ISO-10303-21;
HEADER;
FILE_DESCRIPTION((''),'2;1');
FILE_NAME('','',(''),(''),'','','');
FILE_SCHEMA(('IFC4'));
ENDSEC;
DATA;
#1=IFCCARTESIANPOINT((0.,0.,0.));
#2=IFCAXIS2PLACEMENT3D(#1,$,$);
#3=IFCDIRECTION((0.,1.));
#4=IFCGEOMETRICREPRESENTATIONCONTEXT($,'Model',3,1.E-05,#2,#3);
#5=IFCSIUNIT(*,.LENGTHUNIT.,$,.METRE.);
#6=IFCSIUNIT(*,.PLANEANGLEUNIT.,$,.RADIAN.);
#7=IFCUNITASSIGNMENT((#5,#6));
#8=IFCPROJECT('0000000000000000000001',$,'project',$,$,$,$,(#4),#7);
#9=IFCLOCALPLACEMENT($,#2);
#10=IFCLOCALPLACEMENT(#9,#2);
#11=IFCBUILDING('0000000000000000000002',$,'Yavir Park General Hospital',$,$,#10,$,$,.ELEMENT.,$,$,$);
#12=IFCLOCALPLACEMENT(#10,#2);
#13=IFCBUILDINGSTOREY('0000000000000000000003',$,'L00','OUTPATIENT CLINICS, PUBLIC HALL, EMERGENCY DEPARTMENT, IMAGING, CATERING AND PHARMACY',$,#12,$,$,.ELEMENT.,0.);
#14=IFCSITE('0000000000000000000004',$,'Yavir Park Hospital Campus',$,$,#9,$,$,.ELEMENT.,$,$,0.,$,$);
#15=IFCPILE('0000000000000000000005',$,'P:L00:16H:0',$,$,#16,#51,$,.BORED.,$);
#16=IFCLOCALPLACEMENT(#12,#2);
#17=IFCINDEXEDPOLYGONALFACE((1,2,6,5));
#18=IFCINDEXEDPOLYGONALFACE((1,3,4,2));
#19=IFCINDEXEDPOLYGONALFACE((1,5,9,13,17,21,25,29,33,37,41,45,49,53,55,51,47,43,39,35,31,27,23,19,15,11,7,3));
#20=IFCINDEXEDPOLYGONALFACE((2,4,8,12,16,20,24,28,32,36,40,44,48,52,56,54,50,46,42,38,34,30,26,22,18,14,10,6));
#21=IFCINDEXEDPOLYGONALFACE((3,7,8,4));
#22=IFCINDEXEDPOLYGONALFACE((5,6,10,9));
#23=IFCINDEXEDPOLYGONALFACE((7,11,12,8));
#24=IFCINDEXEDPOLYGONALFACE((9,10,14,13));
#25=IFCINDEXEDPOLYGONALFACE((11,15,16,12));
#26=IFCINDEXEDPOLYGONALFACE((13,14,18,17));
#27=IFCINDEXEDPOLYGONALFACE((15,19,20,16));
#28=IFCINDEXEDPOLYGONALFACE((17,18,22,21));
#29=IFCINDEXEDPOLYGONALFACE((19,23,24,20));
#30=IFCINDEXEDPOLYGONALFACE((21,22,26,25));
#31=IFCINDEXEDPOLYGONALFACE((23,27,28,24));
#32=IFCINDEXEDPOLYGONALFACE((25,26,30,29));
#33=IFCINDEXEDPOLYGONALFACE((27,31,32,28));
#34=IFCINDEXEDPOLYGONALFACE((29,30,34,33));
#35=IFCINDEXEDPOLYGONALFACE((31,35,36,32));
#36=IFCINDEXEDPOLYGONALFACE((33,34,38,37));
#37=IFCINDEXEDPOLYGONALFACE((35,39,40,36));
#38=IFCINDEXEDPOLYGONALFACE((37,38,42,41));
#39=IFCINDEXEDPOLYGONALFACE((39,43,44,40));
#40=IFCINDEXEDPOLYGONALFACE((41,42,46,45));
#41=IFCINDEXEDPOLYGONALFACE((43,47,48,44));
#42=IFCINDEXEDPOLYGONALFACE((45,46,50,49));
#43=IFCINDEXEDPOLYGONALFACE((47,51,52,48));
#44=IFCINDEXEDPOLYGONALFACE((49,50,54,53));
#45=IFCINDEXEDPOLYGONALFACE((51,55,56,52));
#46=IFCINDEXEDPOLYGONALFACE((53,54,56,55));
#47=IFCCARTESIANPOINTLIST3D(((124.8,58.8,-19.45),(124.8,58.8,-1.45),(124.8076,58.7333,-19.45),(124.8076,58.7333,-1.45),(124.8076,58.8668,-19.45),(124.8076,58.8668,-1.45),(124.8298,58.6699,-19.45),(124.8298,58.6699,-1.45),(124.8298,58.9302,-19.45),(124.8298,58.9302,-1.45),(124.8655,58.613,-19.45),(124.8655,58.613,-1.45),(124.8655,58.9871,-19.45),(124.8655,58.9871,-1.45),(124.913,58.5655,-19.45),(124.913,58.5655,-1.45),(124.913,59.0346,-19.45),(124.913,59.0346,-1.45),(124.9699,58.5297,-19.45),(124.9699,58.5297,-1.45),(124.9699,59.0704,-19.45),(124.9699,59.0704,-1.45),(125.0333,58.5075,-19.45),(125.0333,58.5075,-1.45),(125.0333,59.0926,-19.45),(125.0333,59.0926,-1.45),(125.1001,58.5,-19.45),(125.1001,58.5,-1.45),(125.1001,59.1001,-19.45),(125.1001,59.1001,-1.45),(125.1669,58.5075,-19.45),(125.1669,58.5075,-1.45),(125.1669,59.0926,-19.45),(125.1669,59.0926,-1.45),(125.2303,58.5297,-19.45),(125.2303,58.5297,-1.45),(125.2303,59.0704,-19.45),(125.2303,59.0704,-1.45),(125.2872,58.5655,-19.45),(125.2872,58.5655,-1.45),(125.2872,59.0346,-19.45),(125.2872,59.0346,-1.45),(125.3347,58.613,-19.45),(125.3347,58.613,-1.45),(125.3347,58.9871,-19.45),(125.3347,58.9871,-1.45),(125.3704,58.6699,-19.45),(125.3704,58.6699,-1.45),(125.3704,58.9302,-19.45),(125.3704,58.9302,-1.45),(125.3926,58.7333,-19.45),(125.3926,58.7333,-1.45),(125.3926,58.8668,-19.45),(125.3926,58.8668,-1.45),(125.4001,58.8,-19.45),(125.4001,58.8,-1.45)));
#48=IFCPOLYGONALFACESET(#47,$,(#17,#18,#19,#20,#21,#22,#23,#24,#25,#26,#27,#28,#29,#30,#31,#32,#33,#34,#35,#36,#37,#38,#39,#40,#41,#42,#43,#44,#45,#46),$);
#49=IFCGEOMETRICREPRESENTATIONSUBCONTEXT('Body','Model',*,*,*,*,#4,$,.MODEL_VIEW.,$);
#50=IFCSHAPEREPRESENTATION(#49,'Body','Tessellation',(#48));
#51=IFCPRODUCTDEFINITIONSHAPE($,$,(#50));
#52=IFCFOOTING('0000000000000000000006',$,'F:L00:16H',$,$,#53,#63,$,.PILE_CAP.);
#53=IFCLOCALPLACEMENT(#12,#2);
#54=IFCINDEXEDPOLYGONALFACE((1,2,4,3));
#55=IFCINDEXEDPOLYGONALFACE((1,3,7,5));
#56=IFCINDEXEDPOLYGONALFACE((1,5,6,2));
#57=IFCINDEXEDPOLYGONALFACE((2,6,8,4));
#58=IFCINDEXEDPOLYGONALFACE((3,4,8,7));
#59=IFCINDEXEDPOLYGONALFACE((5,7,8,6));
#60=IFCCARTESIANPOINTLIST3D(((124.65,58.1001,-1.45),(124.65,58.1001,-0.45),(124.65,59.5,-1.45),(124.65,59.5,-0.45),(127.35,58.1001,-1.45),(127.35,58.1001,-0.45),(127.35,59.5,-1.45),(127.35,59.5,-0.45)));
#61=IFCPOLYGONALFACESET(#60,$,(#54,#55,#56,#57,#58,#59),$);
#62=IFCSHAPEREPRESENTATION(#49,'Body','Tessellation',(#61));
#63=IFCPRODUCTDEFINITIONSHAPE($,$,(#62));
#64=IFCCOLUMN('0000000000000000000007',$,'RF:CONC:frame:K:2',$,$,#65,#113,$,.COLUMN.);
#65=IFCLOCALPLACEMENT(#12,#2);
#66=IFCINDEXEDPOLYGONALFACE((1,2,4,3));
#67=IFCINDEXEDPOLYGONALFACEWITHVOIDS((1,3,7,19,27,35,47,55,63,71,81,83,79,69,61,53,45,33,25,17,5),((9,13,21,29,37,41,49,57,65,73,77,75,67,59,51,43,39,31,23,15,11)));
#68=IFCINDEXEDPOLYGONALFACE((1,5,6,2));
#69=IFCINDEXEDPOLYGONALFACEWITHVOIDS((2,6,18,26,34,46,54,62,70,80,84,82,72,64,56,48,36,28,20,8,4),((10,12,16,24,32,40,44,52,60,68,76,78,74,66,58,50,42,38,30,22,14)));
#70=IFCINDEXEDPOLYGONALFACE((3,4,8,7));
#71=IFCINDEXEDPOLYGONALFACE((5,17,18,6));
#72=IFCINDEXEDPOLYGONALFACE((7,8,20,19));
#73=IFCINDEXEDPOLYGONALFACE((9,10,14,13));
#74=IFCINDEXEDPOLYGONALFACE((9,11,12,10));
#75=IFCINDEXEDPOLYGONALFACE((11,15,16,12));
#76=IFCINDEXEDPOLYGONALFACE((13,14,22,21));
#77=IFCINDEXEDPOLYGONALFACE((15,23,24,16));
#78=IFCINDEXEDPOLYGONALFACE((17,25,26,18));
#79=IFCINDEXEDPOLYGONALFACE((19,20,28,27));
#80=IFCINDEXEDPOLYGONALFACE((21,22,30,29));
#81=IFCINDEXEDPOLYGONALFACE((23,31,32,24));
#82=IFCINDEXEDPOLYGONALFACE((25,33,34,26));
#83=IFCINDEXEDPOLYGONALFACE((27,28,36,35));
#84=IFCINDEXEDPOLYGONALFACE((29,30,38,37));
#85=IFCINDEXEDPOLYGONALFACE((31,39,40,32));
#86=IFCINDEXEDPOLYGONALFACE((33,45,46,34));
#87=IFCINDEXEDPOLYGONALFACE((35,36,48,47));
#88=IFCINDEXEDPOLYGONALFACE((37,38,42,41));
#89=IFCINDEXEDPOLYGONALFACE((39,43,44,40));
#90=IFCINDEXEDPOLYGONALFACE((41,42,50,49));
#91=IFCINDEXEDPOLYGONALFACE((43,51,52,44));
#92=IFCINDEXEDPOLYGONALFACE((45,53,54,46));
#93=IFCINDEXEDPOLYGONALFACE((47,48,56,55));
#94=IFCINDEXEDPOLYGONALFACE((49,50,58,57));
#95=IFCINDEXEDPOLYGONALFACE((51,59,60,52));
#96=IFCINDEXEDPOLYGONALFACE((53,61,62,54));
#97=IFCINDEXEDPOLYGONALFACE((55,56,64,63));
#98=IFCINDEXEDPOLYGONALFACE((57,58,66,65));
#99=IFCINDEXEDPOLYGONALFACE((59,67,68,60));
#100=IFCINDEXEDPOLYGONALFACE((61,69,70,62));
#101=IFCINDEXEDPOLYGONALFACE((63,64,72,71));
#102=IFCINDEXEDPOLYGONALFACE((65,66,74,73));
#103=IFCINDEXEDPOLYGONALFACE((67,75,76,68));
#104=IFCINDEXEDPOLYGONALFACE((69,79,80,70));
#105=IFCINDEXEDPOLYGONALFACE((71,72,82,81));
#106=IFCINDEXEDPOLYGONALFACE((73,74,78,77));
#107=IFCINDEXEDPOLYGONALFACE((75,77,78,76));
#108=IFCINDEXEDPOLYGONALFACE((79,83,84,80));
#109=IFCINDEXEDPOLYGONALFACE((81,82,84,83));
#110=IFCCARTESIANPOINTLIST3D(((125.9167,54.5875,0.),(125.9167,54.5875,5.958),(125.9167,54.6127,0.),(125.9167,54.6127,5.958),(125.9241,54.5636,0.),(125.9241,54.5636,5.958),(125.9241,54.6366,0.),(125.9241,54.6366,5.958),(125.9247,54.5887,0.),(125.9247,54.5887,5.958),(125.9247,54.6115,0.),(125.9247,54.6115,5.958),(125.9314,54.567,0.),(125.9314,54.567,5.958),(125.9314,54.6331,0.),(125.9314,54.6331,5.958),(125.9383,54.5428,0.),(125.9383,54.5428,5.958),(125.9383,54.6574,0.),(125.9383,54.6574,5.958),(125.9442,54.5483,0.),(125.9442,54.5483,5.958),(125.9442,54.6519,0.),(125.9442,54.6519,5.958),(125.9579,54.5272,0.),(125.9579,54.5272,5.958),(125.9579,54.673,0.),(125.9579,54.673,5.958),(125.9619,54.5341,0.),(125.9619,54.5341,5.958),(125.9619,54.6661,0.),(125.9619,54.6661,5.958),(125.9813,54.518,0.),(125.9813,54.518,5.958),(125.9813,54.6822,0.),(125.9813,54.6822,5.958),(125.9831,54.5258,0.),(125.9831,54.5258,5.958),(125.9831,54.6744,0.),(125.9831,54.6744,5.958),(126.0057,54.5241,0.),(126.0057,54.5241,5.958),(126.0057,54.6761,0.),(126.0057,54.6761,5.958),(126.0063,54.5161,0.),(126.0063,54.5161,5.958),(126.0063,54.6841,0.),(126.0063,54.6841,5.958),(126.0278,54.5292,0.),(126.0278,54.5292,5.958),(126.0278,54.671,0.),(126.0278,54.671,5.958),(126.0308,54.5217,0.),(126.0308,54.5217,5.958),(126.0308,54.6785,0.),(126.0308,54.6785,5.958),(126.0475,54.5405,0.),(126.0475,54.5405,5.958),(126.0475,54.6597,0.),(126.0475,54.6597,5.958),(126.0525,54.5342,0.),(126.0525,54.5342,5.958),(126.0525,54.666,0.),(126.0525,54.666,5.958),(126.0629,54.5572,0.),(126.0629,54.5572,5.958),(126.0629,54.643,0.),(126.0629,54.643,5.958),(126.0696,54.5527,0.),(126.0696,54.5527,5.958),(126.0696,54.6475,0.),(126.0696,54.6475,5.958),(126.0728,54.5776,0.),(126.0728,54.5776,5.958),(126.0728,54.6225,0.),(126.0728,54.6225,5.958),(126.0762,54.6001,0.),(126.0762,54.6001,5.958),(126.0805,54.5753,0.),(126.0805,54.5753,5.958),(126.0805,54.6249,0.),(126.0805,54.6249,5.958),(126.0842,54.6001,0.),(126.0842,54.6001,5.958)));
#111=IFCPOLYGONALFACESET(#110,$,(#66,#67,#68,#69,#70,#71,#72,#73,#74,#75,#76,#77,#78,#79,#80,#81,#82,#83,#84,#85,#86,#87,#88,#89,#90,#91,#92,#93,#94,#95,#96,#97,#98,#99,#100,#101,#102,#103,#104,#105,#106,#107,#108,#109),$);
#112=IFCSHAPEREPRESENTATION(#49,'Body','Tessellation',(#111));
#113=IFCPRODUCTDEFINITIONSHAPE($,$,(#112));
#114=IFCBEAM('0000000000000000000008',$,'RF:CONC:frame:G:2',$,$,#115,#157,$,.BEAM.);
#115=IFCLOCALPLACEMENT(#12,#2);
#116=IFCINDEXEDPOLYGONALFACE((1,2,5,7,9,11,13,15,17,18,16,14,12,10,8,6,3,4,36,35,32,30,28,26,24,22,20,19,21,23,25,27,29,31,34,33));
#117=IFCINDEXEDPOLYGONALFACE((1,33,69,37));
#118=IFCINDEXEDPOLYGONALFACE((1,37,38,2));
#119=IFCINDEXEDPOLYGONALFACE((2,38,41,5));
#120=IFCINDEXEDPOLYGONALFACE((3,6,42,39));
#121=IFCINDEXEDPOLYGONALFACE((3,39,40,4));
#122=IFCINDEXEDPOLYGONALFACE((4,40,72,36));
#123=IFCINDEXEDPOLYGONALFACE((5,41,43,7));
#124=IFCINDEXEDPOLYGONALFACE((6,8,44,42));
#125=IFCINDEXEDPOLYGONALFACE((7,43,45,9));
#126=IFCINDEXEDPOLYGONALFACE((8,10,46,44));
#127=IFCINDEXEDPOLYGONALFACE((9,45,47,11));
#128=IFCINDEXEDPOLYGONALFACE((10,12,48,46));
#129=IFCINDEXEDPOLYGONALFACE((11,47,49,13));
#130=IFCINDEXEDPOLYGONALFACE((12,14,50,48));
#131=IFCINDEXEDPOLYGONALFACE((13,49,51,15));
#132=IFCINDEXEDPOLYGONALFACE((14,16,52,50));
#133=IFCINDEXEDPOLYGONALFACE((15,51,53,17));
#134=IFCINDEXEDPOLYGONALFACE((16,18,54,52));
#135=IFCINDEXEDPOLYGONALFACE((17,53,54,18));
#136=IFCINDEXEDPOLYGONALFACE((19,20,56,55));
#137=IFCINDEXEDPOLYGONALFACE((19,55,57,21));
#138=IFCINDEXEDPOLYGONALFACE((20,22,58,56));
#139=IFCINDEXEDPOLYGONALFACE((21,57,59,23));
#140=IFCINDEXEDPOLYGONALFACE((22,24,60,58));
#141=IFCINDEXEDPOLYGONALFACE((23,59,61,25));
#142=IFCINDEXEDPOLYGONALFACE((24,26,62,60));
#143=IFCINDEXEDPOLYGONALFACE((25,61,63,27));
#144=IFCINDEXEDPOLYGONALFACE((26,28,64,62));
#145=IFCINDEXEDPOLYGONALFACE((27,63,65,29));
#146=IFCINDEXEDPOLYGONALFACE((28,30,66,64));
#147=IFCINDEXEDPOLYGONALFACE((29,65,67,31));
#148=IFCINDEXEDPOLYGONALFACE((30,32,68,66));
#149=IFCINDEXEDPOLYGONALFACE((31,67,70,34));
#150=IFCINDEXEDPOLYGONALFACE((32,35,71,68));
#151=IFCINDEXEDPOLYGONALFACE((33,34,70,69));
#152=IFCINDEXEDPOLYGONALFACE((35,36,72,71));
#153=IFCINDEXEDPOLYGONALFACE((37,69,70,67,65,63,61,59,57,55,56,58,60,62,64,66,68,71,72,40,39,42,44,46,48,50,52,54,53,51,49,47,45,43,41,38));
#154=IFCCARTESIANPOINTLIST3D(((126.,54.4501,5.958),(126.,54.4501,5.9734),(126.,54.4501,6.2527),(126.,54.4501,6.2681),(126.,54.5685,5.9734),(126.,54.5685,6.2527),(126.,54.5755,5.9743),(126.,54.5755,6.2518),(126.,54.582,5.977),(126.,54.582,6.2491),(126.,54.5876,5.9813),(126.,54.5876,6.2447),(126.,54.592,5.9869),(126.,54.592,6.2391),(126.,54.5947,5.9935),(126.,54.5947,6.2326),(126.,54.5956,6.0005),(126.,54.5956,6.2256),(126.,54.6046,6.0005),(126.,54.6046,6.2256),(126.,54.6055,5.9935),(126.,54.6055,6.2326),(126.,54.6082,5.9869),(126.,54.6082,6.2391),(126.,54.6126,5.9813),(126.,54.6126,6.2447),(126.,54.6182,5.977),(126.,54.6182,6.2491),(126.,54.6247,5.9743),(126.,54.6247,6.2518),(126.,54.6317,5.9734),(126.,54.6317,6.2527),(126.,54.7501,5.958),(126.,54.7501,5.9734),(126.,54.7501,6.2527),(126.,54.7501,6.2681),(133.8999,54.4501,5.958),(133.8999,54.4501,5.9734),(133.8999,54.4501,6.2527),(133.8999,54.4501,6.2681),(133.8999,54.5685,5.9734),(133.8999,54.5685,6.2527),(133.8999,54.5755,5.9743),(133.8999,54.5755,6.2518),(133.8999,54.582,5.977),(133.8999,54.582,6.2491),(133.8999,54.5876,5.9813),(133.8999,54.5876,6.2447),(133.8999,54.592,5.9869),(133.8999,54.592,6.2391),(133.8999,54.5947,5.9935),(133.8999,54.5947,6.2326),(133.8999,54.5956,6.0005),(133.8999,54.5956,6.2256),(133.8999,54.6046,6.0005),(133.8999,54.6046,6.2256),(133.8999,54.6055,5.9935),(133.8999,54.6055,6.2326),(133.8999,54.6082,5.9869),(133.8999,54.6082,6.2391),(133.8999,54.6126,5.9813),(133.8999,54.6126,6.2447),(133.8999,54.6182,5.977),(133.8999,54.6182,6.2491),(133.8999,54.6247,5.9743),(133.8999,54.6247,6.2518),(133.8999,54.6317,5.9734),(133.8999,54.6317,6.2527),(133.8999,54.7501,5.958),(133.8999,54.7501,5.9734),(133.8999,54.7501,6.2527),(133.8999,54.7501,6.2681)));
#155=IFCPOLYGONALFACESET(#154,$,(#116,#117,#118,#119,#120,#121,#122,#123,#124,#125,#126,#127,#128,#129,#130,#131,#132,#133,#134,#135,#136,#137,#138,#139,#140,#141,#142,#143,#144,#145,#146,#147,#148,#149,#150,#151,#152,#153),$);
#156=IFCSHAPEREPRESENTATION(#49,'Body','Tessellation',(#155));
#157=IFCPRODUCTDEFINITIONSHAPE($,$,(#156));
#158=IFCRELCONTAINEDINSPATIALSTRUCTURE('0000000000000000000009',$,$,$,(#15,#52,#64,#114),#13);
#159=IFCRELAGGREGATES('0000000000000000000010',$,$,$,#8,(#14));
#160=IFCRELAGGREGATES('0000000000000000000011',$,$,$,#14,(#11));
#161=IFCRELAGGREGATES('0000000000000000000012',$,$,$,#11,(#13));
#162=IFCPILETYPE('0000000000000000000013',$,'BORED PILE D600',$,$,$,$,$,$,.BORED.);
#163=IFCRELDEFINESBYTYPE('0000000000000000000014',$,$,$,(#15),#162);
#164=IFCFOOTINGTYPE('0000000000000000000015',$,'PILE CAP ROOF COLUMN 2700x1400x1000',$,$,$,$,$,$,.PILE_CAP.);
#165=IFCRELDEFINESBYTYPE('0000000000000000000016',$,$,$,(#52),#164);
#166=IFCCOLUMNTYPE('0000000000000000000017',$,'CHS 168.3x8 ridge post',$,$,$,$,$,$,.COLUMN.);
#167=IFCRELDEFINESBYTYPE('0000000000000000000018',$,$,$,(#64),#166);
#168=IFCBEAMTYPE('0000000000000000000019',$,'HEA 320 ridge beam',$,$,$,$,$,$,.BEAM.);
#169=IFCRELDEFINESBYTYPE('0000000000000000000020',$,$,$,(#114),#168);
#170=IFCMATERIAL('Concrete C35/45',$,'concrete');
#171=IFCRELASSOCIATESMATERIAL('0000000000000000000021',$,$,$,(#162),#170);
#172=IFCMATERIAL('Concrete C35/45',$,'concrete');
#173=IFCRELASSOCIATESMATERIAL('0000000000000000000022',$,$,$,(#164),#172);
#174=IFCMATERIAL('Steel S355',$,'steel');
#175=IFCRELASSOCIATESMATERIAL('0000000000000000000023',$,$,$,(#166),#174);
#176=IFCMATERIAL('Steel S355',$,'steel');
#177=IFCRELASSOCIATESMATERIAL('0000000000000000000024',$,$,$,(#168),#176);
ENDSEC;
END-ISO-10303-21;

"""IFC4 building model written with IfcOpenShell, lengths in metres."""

from ifc_helpers import new_model, si_unit, direction, frame, origin, origin_2d, place, context, subcontext, project, spatial, rectangle, circle, hollow_circle, i_section, extrude, material, material_profile, profile_set, type_object, element, save


model = new_model("IFC4")

# Units and contexts
model_context = context("Model", 3, precision=1e-05, world=origin(), true_north=direction((0.0, 1.0)))
body_context = subcontext(model_context, "Body", "Model", "MODEL_VIEW")
ifc_project = project(units=[si_unit("LENGTHUNIT", "METRE"), si_unit("PLANEANGLEUNIT", "RADIAN")], contexts=[model_context])

# Site, building, storey
site_placement = place(None, origin())
site = spatial("IfcSite", under=ifc_project, at=site_placement, Name="Yavir Park Hospital Campus", CompositionType="ELEMENT", RefElevation=0.0)
building_placement = place(site_placement, origin())
building = spatial("IfcBuilding", under=site, at=building_placement, Name="Yavir Park General Hospital", CompositionType="ELEMENT")
storey_placement = place(building_placement, origin())
storey = spatial("IfcBuildingStorey", under=building, at=storey_placement, Name="L00", Description="OUTPATIENT CLINICS, PUBLIC HALL, EMERGENCY DEPARTMENT, IMAGING, CATERING AND PHARMACY", CompositionType="ELEMENT", Elevation=0.0)

# Pile
ifc_material_1 = material(Name="Concrete C35/45", Category="concrete")
ifc_material_profile_1 = material_profile(ifc_material_1, circle(Radius=0.3, at=origin_2d()), Name="D600")
ifc_profile_set_1 = profile_set([ifc_material_profile_1], Name="Concrete C35/45")
pile_type = type_object("IfcPileType", Name="BORED PILE D600", PredefinedType="BORED", material=ifc_profile_set_1)
pile_placement = place(storey_placement, frame((125.1001, 58.8, -1.45), z_axis=(0.0, 0.0, -1.0), x_axis=(1.0, 0.0, 0.0)))
element("IfcPile", 1, at=pile_placement, inside=storey, type_object=pile_type, Name="P:L00:16H:0", PredefinedType="BORED", context=body_context, shape_type="SweptSolid", body=[
    extrude(circle(Radius=0.3, at=origin_2d()), origin(), (0.0, 0.0, 1.0), 18.0),
])

# Footing
ifc_material_2 = material(Name="Concrete C35/45", Category="concrete")
footing_type = type_object("IfcFootingType", Name="PILE CAP ROOF COLUMN 2700x1400x1000", PredefinedType="PILE_CAP", material=ifc_material_2)
footing_placement = place(storey_placement, frame((126.0, 58.8, -1.45), z_axis=(0.0, 0.0, 1.0), x_axis=(1.0, 0.0, 0.0)))
element("IfcFooting", 2, at=footing_placement, inside=storey, type_object=footing_type, Name="F:L00:16H", PredefinedType="PILE_CAP", context=body_context, shape_type="SweptSolid", body=[
    extrude(rectangle(XDim=2.7, YDim=1.3999, at=origin_2d()), origin(), (0.0, 0.0, 1.0), 1.0),
])

# Column
ifc_material_3 = material(Name="Steel S355", Category="steel")
ifc_material_profile_2 = material_profile(ifc_material_3, hollow_circle(Radius=0.0842, WallThickness=0.0081, at=origin_2d()), Name="CHS168.3x8")
ifc_profile_set_2 = profile_set([ifc_material_profile_2], Name="Steel S355")
column_type = type_object("IfcColumnType", Name="CHS 168.3x8 ridge post", PredefinedType="COLUMN", material=ifc_profile_set_2)
column_placement = place(storey_placement, frame((126.0, 54.6001, 0.0), z_axis=(0.0, 0.0, 1.0), x_axis=(1.0, 0.0, 0.0)))
element("IfcColumn", 3, at=column_placement, inside=storey, type_object=column_type, Name="RF:CONC:frame:K:2", PredefinedType="COLUMN", context=body_context, shape_type="SweptSolid", body=[
    extrude(hollow_circle(Radius=0.0842, WallThickness=0.0081, at=origin_2d()), origin(), (0.0, 0.0, 1.0), 5.958),
])

# Beam
ifc_material_4 = material(Name="Steel S355", Category="steel")
ifc_material_profile_3 = material_profile(ifc_material_4, i_section(OverallWidth=0.3, OverallDepth=0.3101, WebThickness=0.009, FlangeThickness=0.0154, FilletRadius=0.0271, at=origin_2d()), Name="HEA320")
ifc_profile_set_3 = profile_set([ifc_material_profile_3], Name="Steel S355")
beam_type_1 = type_object("IfcBeamType", Name="HEA 320 ridge beam", PredefinedType="BEAM", material=ifc_profile_set_3)
beam_placement = place(storey_placement, frame((126.0, 54.6001, 6.113), z_axis=(1.0, 0.0, 0.0), x_axis=(0.0, 1.0, 0.0)))
element("IfcBeam", 4, at=beam_placement, inside=storey, type_object=beam_type_1, Name="RF:CONC:frame:G:2", PredefinedType="BEAM", context=body_context, shape_type="SweptSolid", body=[
    extrude(i_section(OverallWidth=0.3, OverallDepth=0.3101, WebThickness=0.009, FlangeThickness=0.0154, FilletRadius=0.0271, at=origin_2d()), origin(), (0.0, 0.0, 1.0), 7.8999),
])

save(model, "model.ifc")
